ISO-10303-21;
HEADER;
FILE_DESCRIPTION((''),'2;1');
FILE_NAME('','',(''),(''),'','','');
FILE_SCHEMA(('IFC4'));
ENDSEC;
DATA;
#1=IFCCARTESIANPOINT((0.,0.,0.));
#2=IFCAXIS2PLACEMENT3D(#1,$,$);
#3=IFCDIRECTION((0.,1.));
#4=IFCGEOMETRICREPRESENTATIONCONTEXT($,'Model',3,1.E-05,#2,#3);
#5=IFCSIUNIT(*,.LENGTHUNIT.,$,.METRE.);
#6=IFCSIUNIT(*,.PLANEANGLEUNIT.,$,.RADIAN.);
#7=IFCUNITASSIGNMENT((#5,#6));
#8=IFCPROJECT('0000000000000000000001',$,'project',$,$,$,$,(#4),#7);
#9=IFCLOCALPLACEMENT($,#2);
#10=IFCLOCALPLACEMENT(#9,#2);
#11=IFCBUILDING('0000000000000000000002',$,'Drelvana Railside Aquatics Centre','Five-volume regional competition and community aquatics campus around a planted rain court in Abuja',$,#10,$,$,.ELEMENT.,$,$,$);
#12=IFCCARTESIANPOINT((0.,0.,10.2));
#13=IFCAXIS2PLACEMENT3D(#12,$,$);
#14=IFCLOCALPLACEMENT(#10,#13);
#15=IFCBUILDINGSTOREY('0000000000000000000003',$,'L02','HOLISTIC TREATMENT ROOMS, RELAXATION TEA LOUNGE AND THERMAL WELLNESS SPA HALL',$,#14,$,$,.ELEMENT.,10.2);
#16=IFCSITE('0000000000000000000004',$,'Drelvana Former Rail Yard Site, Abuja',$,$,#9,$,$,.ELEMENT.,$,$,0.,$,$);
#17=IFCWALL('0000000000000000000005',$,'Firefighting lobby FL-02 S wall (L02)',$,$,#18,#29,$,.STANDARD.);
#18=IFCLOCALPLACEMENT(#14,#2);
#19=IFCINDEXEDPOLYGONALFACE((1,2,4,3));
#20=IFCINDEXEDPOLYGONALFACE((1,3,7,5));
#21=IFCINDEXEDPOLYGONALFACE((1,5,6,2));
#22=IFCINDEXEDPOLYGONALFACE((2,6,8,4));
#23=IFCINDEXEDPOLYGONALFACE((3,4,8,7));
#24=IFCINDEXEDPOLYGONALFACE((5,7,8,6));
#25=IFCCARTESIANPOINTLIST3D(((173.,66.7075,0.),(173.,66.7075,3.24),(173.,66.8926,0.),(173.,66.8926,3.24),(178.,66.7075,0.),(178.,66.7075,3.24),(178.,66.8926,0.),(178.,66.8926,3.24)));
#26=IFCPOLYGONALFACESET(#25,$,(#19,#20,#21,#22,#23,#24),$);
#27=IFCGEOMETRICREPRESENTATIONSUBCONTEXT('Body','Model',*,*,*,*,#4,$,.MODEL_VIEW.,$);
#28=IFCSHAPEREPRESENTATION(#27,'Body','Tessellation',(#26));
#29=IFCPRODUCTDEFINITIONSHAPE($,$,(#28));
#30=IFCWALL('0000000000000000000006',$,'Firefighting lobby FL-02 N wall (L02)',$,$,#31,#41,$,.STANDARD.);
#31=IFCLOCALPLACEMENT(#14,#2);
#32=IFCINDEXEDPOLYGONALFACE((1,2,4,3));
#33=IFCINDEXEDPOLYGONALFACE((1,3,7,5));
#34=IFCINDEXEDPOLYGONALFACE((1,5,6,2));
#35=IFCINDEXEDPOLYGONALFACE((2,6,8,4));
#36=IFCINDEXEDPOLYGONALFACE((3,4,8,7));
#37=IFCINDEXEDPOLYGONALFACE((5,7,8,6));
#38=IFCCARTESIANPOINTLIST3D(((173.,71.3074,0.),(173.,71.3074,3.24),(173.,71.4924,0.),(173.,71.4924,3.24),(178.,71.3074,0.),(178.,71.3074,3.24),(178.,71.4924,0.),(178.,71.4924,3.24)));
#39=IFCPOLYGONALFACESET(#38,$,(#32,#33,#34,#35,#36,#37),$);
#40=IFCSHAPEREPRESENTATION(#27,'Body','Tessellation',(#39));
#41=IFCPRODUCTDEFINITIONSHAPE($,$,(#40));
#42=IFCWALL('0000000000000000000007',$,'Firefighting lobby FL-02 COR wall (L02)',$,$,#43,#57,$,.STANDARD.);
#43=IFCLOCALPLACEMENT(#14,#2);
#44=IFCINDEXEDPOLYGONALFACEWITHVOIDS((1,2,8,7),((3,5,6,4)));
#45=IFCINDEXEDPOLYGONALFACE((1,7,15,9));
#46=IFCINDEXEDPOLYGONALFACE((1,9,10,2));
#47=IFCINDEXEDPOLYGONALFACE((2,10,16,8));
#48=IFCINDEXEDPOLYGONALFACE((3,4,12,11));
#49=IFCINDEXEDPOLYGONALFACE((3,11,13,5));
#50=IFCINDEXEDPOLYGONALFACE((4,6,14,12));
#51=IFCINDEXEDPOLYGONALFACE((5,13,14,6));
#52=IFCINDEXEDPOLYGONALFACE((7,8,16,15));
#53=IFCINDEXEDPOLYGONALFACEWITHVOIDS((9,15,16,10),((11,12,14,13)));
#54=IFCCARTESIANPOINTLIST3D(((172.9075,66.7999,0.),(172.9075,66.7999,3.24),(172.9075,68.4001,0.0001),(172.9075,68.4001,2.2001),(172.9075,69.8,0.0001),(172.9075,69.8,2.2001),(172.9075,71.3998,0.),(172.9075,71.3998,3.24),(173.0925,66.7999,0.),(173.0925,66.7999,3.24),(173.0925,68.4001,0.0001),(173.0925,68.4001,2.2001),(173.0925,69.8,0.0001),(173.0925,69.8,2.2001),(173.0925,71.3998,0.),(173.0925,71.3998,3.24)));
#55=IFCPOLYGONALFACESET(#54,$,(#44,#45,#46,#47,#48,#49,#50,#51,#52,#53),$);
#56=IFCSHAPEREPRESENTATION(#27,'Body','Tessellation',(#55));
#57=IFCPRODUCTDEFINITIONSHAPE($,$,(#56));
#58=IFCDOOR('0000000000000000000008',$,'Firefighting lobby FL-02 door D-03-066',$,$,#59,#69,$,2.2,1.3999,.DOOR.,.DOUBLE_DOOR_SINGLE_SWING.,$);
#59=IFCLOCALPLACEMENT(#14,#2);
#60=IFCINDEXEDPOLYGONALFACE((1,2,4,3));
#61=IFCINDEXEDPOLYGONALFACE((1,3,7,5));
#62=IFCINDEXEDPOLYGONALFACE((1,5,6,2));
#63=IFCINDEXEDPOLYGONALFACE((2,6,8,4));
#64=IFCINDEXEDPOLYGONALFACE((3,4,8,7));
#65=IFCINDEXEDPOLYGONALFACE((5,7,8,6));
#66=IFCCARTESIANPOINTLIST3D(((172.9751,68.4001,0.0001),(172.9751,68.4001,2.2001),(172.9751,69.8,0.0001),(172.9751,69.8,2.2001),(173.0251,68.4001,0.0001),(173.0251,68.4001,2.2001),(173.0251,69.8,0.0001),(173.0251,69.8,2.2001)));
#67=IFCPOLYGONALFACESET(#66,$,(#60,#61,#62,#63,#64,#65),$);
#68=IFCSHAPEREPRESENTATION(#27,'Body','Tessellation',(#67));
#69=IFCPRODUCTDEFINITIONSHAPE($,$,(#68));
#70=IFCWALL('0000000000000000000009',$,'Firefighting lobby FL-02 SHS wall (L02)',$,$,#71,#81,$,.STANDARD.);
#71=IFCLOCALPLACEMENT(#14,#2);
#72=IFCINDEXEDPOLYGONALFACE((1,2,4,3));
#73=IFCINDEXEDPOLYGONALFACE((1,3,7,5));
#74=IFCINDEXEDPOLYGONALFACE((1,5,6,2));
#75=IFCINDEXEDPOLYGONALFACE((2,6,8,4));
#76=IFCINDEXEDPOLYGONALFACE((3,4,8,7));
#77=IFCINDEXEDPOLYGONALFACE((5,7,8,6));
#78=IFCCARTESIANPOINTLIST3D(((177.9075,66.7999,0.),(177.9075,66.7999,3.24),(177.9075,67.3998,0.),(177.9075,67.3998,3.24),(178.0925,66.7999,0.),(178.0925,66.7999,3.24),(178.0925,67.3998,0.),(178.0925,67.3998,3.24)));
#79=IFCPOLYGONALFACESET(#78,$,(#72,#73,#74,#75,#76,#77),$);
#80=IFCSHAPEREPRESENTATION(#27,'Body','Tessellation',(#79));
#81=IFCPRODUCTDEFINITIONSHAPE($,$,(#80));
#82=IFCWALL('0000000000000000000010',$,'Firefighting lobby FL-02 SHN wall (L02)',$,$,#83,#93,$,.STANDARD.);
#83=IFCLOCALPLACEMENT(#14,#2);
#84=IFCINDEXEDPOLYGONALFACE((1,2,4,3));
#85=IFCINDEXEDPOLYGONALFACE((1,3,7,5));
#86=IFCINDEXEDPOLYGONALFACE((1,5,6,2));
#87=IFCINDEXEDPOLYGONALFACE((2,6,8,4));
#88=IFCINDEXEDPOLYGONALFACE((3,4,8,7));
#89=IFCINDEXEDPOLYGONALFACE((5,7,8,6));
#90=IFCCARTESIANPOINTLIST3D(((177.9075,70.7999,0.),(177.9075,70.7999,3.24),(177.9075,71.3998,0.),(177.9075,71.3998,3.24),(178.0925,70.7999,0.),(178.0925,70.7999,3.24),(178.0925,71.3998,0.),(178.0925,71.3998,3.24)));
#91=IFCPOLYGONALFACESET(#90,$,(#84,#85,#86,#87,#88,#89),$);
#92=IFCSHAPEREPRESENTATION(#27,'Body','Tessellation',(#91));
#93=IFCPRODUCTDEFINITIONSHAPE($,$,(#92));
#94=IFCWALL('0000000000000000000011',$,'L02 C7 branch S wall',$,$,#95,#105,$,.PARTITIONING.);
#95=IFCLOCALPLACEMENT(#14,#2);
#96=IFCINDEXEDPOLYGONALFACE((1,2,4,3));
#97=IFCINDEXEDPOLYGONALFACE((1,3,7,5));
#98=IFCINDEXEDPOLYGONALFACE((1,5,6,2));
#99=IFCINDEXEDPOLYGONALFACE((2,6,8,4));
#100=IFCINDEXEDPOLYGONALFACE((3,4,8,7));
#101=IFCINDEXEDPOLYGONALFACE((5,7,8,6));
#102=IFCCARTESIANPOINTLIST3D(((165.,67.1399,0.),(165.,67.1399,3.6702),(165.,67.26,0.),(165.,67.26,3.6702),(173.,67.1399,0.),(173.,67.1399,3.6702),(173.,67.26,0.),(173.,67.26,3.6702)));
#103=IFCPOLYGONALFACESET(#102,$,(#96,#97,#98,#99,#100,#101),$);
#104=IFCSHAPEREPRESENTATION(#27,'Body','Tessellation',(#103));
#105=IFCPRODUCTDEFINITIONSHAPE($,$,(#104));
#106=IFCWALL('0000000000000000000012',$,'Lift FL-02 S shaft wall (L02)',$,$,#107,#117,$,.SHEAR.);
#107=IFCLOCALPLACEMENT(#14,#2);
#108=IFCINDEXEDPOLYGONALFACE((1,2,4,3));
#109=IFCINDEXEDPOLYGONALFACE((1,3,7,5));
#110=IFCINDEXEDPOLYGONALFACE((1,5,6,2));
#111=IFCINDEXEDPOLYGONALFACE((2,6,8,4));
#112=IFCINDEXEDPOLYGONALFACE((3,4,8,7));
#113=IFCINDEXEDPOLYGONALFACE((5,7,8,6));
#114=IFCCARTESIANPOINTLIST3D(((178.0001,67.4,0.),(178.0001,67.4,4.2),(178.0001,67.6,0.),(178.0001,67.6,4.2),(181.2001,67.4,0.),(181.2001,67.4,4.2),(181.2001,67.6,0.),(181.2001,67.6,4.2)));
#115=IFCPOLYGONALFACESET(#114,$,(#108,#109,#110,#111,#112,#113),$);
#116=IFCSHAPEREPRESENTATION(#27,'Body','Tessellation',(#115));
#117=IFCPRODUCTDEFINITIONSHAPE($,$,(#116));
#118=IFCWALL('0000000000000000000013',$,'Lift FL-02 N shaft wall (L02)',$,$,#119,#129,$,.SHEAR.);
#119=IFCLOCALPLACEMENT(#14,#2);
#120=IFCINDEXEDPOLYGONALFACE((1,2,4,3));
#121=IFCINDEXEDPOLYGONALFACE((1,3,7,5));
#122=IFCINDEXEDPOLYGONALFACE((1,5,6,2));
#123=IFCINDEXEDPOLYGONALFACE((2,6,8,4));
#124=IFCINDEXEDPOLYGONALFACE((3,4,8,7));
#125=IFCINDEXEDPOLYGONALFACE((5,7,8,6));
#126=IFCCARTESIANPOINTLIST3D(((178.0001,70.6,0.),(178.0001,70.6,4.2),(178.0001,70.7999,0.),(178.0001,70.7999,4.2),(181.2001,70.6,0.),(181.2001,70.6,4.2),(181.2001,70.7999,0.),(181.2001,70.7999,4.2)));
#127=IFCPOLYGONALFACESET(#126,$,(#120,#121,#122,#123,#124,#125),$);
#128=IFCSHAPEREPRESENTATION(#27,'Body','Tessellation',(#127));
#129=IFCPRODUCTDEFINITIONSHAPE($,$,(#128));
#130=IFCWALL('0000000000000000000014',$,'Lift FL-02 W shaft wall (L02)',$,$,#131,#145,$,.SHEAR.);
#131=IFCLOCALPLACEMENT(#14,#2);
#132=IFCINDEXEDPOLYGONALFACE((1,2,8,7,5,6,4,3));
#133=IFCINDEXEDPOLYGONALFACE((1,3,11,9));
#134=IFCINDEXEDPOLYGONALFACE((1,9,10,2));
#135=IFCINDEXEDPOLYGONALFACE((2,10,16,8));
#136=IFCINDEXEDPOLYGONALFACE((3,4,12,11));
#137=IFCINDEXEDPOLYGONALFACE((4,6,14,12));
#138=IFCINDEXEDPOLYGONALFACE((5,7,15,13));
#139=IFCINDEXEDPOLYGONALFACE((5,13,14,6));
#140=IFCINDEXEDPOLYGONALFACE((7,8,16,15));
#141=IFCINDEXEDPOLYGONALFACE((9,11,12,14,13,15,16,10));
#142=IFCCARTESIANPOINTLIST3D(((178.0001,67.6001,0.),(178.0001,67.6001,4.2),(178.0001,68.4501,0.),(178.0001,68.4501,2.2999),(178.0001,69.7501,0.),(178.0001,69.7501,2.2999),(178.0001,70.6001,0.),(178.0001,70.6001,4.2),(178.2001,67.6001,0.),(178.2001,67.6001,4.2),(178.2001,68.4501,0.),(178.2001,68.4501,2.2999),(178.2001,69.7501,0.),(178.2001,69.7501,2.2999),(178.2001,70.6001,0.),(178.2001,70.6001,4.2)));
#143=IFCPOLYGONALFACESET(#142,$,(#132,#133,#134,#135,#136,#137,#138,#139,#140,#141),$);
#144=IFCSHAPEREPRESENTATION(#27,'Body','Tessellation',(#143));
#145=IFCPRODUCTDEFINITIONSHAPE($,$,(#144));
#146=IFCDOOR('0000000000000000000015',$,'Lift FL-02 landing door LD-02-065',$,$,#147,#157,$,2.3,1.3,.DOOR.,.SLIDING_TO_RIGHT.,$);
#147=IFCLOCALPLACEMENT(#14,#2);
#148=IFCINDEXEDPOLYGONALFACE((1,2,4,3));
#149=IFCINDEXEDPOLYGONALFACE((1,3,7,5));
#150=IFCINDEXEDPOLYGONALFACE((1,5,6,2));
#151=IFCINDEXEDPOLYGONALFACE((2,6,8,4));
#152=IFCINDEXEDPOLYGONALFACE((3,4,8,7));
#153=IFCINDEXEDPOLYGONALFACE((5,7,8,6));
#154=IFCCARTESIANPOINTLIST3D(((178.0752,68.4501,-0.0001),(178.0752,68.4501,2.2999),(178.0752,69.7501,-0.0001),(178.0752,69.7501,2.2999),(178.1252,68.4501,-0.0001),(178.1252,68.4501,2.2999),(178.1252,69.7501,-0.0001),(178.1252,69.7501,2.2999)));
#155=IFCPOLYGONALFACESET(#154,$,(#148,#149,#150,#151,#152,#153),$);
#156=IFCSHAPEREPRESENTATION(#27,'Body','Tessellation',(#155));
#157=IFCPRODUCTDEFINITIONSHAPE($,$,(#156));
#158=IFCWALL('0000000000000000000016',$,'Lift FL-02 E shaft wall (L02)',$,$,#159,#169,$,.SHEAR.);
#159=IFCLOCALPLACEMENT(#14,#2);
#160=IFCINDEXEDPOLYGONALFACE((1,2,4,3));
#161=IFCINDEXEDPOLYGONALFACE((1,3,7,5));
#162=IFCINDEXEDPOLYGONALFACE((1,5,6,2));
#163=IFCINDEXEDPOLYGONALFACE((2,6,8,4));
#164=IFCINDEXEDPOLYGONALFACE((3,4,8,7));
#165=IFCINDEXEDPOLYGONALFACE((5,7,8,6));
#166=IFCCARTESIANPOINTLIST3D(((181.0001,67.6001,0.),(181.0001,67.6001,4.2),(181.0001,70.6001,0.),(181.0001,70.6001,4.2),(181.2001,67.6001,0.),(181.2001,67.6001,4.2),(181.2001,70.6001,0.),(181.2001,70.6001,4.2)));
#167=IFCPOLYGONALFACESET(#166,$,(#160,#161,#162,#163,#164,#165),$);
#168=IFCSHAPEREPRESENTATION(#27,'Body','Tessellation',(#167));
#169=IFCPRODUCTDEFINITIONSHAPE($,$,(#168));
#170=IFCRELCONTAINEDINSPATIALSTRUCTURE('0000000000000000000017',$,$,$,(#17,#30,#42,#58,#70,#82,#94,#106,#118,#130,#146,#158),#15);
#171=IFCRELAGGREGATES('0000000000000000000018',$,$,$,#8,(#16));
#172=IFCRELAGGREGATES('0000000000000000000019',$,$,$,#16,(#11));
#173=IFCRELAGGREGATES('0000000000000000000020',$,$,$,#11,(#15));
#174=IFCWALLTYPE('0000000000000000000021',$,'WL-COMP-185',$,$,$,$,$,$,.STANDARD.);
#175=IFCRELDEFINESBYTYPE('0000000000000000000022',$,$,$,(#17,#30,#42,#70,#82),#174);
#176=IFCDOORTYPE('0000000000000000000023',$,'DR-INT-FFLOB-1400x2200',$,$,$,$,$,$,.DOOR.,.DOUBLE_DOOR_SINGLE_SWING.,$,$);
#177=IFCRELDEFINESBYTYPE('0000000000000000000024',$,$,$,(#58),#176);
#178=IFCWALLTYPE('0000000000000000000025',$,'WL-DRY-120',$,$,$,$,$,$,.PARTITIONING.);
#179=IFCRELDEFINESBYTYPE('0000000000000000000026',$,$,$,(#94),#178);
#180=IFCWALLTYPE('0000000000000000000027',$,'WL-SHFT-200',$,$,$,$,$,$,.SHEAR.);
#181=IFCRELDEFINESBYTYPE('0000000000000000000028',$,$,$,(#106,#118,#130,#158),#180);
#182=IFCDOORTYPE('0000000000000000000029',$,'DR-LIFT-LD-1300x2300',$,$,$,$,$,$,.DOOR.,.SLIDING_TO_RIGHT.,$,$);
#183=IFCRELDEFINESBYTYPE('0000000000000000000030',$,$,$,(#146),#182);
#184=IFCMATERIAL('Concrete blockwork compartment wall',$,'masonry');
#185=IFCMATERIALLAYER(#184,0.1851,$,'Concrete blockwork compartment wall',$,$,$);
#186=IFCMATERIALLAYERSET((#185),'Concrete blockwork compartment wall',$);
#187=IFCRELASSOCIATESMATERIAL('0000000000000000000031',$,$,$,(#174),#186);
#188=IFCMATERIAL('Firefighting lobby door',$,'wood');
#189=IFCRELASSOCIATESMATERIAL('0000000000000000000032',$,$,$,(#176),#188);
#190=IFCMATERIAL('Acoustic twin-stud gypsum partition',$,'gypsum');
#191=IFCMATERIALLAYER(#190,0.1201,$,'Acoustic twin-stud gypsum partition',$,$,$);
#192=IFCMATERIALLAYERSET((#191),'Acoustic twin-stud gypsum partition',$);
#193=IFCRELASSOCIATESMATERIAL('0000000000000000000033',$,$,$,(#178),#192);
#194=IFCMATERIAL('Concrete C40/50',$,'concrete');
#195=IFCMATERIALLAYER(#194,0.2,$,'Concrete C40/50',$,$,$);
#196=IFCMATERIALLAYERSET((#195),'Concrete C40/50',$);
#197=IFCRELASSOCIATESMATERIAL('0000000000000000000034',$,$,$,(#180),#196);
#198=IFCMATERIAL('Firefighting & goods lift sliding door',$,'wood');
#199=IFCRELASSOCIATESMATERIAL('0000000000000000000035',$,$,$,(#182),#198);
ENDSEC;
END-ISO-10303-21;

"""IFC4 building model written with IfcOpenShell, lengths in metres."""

from ifc_helpers import new_model, si_unit, direction, frame, frame_2d, origin, place, context, subcontext, project, spatial, rectangle, extrude, material, layer, layer_set, type_object, element, fill, save


model = new_model("IFC4")

# Units and contexts
model_context = context("Model", 3, precision=1e-05, world=origin(), true_north=direction((0.0, 1.0)))
body_context = subcontext(model_context, "Body", "Model", "MODEL_VIEW")
ifc_project = project(units=[si_unit("LENGTHUNIT", "METRE"), si_unit("PLANEANGLEUNIT", "RADIAN")], contexts=[model_context])

# Site, building, storey
site_placement = place(None, origin())
site = spatial("IfcSite", under=ifc_project, at=site_placement, Name="Drelvana Former Rail Yard Site, Abuja", CompositionType="ELEMENT", RefElevation=0.0)
building_placement = place(site_placement, origin())
building = spatial("IfcBuilding", under=site, at=building_placement, Name="Drelvana Railside Aquatics Centre", Description="Five-volume regional competition and community aquatics campus around a planted rain court in Abuja", CompositionType="ELEMENT")
storey_placement = place(building_placement, frame((0.0, 0.0, 10.2)))
storey = spatial("IfcBuildingStorey", under=building, at=storey_placement, Name="L02", Description="HOLISTIC TREATMENT ROOMS, RELAXATION TEA LOUNGE AND THERMAL WELLNESS SPA HALL", CompositionType="ELEMENT", Elevation=10.2)

# Shared definitions
ifc_material_1 = material(Name="Concrete C40/50", Category="concrete")

# Walls
ifc_material_2 = material(Name="Concrete blockwork compartment wall", Category="masonry")
ifc_layer_1 = layer(ifc_material_2, 0.1851, Name="Concrete blockwork compartment wall")
ifc_layer_set_1 = layer_set([ifc_layer_1], Name="Concrete blockwork compartment wall")
wall_type_1 = type_object("IfcWallType", Name="WL-COMP-185", PredefinedType="STANDARD", material=ifc_layer_set_1)
for number, where, z_axis, x_axis, name in (
    (1, (178.0, 66.8, 0.0), (0.0, 0.0, 1.0), (-1.0, 0.0, 0.0), "Firefighting lobby FL-02 S wall (L02)"),
    (2, (173.0, 71.3999, 0.0), (0.0, 0.0, 1.0), (1.0, 0.0, 0.0), "Firefighting lobby FL-02 N wall (L02)"),
):
    element("IfcWall", number, at=place(storey_placement, frame(where, z_axis=z_axis, x_axis=x_axis)), inside=storey, type_object=wall_type_1, Name=name, PredefinedType="STANDARD", context=body_context, shape_type="SweptSolid", body=[
        extrude(rectangle(XDim=5.0, YDim=0.1851, at=frame_2d((2.5, 0.0))), origin(), (0.0, 0.0, 1.0), 3.24),
    ])

# Wall, opening, door
wall_1_placement = place(storey_placement, frame((173.0, 66.8, 0.0), z_axis=(0.0, 0.0, 1.0), x_axis=(0.0, 1.0, 0.0)))
wall_1 = element("IfcWall", 3, at=wall_1_placement, inside=storey, type_object=wall_type_1, Name="Firefighting lobby FL-02 COR wall (L02)", PredefinedType="STANDARD", context=body_context, shape_type="SweptSolid", body=[
    extrude(rectangle(XDim=4.5999, YDim=0.1851, at=frame_2d((2.2998, 0.0))), origin(), (0.0, 0.0, 1.0), 3.24),
])
opening_1_placement = place(wall_1_placement, frame((1.6001, 0.0, 0.0)))
opening_1 = element("IfcOpeningElement", 4, at=opening_1_placement, cuts=wall_1, PredefinedType="OPENING", context=body_context, shape_type="SweptSolid", body=[
    extrude(rectangle(XDim=1.3999, YDim=2.2, at=frame_2d((0.7, 1.1001))), frame((0.0, 0.1025, 0.0), z_axis=(0.0, -1.0, 0.0), x_axis=(1.0, 0.0, 0.0)), (0.0, 0.0, 1.0), 0.2051),
])
ifc_material_3 = material(Name="Firefighting lobby door", Category="wood")
door_type_1 = type_object("IfcDoorType", Name="DR-INT-FFLOB-1400x2200", OperationType="DOUBLE_DOOR_SINGLE_SWING", PredefinedType="DOOR", material=ifc_material_3)
door_1_placement = place(opening_1_placement, origin())
door_1 = element("IfcDoor", 5, at=door_1_placement, inside=storey, type_object=door_type_1, Name="Firefighting lobby FL-02 door D-03-066", OperationType="DOUBLE_DOOR_SINGLE_SWING", OverallHeight=2.2, OverallWidth=1.3999, PredefinedType="DOOR", context=body_context, shape_type="SweptSolid", body=[
    extrude(rectangle(XDim=1.3999, YDim=2.2, at=frame_2d((0.7, 1.1001))), frame((0.0, 0.0249, 0.0), z_axis=(0.0, -1.0, 0.0), x_axis=(1.0, 0.0, 0.0)), (0.0, 0.0, 1.0), 0.05),
])
fill(opening_1, door_1)

# Walls
for number, where, z_axis, x_axis, name in (
    (6, (178.0, 66.8, 0.0), (0.0, 0.0, 1.0), (0.0, 1.0, 0.0), "Firefighting lobby FL-02 SHS wall (L02)"),
    (7, (178.0, 70.8, 0.0), (0.0, 0.0, 1.0), (0.0, 1.0, 0.0), "Firefighting lobby FL-02 SHN wall (L02)"),
):
    element("IfcWall", number, at=place(storey_placement, frame(where, z_axis=z_axis, x_axis=x_axis)), inside=storey, type_object=wall_type_1, Name=name, PredefinedType="STANDARD", context=body_context, shape_type="SweptSolid", body=[
        extrude(rectangle(XDim=0.5999, YDim=0.1851, at=frame_2d((0.2998, 0.0))), origin(), (0.0, 0.0, 1.0), 3.24),
    ])
ifc_material_4 = material(Name="Acoustic twin-stud gypsum partition", Category="gypsum")
ifc_layer_2 = layer(ifc_material_4, 0.1201, Name="Acoustic twin-stud gypsum partition")
ifc_layer_set_2 = layer_set([ifc_layer_2], Name="Acoustic twin-stud gypsum partition")
wall_type_2 = type_object("IfcWallType", Name="WL-DRY-120", PredefinedType="PARTITIONING", material=ifc_layer_set_2)
wall_2_placement = place(storey_placement, frame((165.0, 67.2, 0.0), z_axis=(0.0, 0.0, 1.0), x_axis=(1.0, 0.0, 0.0)))
element("IfcWall", 8, at=wall_2_placement, inside=storey, type_object=wall_type_2, Name="L02 C7 branch S wall", PredefinedType="PARTITIONING", context=body_context, shape_type="SweptSolid", body=[
    extrude(rectangle(XDim=8.0, YDim=0.1201, at=frame_2d((4.0, 0.0))), origin(), (0.0, 0.0, 1.0), 3.6702),
])
ifc_layer_3 = layer(ifc_material_1, 0.2, Name="Concrete C40/50")
ifc_layer_set_3 = layer_set([ifc_layer_3], Name="Concrete C40/50")
wall_type_3 = type_object("IfcWallType", Name="WL-SHFT-200", PredefinedType="SHEAR", material=ifc_layer_set_3)
for number, where, z_axis, x_axis, name in (
    (9, (178.0, 67.5, 0.0), (0.0, 0.0, 1.0), (1.0, 0.0, 0.0), "Lift FL-02 S shaft wall (L02)"),
    (10, (178.0, 70.7, 0.0), (0.0, 0.0, 1.0), (1.0, 0.0, 0.0), "Lift FL-02 N shaft wall (L02)"),
):
    element("IfcWall", number, at=place(storey_placement, frame(where, z_axis=z_axis, x_axis=x_axis)), inside=storey, type_object=wall_type_3, Name=name, PredefinedType="SHEAR", context=body_context, shape_type="SweptSolid", body=[
        extrude(rectangle(XDim=3.2, YDim=0.2, at=frame_2d((1.6001, 0.0))), origin(), (0.0, 0.0, 1.0), 4.2),
    ])

# Wall, opening, door
wall_3_placement = place(storey_placement, frame((178.1001, 67.6001, 0.0), z_axis=(0.0, 0.0, 1.0), x_axis=(0.0, 1.0, 0.0)))
wall_3 = element("IfcWall", 11, at=wall_3_placement, inside=storey, type_object=wall_type_3, Name="Lift FL-02 W shaft wall (L02)", PredefinedType="SHEAR", context=body_context, shape_type="SweptSolid", body=[
    extrude(rectangle(XDim=3.0, YDim=0.2, at=frame_2d((1.5, 0.0))), origin(), (0.0, 0.0, 1.0), 4.2),
])
opening_2_placement = place(wall_3_placement, frame((0.8501, 0.0, 0.0)))
opening_2 = element("IfcOpeningElement", 12, at=opening_2_placement, cuts=wall_3, PredefinedType="OPENING", context=body_context, shape_type="SweptSolid", body=[
    extrude(rectangle(XDim=1.3, YDim=2.3, at=frame_2d((0.6499, 1.1499))), frame((0.0, 0.1099, 0.0), z_axis=(0.0, -1.0, 0.0), x_axis=(1.0, 0.0, 0.0)), (0.0, 0.0, 1.0), 0.22),
])
ifc_material_5 = material(Name="Firefighting & goods lift sliding door", Category="wood")
door_type_2 = type_object("IfcDoorType", Name="DR-LIFT-LD-1300x2300", OperationType="SLIDING_TO_RIGHT", PredefinedType="DOOR", material=ifc_material_5)
door_2_placement = place(opening_2_placement, origin())
door_2 = element("IfcDoor", 13, at=door_2_placement, inside=storey, type_object=door_type_2, Name="Lift FL-02 landing door LD-02-065", OperationType="SLIDING_TO_RIGHT", OverallHeight=2.3, OverallWidth=1.3, PredefinedType="DOOR", context=body_context, shape_type="SweptSolid", body=[
    extrude(rectangle(XDim=1.3, YDim=2.3, at=frame_2d((0.6499, 1.1499))), frame((0.0, 0.0249, 0.0), z_axis=(0.0, -1.0, 0.0), x_axis=(1.0, 0.0, 0.0)), (0.0, 0.0, 1.0), 0.05),
])
fill(opening_2, door_2)

# Wall
wall_4_placement = place(storey_placement, frame((181.1001, 67.6001, 0.0), z_axis=(0.0, 0.0, 1.0), x_axis=(0.0, 1.0, 0.0)))
element("IfcWall", 14, at=wall_4_placement, inside=storey, type_object=wall_type_3, Name="Lift FL-02 E shaft wall (L02)", PredefinedType="SHEAR", context=body_context, shape_type="SweptSolid", body=[
    extrude(rectangle(XDim=3.0, YDim=0.2, at=frame_2d((1.5, 0.0))), origin(), (0.0, 0.0, 1.0), 4.2),
])

save(model, "model.ifc")
